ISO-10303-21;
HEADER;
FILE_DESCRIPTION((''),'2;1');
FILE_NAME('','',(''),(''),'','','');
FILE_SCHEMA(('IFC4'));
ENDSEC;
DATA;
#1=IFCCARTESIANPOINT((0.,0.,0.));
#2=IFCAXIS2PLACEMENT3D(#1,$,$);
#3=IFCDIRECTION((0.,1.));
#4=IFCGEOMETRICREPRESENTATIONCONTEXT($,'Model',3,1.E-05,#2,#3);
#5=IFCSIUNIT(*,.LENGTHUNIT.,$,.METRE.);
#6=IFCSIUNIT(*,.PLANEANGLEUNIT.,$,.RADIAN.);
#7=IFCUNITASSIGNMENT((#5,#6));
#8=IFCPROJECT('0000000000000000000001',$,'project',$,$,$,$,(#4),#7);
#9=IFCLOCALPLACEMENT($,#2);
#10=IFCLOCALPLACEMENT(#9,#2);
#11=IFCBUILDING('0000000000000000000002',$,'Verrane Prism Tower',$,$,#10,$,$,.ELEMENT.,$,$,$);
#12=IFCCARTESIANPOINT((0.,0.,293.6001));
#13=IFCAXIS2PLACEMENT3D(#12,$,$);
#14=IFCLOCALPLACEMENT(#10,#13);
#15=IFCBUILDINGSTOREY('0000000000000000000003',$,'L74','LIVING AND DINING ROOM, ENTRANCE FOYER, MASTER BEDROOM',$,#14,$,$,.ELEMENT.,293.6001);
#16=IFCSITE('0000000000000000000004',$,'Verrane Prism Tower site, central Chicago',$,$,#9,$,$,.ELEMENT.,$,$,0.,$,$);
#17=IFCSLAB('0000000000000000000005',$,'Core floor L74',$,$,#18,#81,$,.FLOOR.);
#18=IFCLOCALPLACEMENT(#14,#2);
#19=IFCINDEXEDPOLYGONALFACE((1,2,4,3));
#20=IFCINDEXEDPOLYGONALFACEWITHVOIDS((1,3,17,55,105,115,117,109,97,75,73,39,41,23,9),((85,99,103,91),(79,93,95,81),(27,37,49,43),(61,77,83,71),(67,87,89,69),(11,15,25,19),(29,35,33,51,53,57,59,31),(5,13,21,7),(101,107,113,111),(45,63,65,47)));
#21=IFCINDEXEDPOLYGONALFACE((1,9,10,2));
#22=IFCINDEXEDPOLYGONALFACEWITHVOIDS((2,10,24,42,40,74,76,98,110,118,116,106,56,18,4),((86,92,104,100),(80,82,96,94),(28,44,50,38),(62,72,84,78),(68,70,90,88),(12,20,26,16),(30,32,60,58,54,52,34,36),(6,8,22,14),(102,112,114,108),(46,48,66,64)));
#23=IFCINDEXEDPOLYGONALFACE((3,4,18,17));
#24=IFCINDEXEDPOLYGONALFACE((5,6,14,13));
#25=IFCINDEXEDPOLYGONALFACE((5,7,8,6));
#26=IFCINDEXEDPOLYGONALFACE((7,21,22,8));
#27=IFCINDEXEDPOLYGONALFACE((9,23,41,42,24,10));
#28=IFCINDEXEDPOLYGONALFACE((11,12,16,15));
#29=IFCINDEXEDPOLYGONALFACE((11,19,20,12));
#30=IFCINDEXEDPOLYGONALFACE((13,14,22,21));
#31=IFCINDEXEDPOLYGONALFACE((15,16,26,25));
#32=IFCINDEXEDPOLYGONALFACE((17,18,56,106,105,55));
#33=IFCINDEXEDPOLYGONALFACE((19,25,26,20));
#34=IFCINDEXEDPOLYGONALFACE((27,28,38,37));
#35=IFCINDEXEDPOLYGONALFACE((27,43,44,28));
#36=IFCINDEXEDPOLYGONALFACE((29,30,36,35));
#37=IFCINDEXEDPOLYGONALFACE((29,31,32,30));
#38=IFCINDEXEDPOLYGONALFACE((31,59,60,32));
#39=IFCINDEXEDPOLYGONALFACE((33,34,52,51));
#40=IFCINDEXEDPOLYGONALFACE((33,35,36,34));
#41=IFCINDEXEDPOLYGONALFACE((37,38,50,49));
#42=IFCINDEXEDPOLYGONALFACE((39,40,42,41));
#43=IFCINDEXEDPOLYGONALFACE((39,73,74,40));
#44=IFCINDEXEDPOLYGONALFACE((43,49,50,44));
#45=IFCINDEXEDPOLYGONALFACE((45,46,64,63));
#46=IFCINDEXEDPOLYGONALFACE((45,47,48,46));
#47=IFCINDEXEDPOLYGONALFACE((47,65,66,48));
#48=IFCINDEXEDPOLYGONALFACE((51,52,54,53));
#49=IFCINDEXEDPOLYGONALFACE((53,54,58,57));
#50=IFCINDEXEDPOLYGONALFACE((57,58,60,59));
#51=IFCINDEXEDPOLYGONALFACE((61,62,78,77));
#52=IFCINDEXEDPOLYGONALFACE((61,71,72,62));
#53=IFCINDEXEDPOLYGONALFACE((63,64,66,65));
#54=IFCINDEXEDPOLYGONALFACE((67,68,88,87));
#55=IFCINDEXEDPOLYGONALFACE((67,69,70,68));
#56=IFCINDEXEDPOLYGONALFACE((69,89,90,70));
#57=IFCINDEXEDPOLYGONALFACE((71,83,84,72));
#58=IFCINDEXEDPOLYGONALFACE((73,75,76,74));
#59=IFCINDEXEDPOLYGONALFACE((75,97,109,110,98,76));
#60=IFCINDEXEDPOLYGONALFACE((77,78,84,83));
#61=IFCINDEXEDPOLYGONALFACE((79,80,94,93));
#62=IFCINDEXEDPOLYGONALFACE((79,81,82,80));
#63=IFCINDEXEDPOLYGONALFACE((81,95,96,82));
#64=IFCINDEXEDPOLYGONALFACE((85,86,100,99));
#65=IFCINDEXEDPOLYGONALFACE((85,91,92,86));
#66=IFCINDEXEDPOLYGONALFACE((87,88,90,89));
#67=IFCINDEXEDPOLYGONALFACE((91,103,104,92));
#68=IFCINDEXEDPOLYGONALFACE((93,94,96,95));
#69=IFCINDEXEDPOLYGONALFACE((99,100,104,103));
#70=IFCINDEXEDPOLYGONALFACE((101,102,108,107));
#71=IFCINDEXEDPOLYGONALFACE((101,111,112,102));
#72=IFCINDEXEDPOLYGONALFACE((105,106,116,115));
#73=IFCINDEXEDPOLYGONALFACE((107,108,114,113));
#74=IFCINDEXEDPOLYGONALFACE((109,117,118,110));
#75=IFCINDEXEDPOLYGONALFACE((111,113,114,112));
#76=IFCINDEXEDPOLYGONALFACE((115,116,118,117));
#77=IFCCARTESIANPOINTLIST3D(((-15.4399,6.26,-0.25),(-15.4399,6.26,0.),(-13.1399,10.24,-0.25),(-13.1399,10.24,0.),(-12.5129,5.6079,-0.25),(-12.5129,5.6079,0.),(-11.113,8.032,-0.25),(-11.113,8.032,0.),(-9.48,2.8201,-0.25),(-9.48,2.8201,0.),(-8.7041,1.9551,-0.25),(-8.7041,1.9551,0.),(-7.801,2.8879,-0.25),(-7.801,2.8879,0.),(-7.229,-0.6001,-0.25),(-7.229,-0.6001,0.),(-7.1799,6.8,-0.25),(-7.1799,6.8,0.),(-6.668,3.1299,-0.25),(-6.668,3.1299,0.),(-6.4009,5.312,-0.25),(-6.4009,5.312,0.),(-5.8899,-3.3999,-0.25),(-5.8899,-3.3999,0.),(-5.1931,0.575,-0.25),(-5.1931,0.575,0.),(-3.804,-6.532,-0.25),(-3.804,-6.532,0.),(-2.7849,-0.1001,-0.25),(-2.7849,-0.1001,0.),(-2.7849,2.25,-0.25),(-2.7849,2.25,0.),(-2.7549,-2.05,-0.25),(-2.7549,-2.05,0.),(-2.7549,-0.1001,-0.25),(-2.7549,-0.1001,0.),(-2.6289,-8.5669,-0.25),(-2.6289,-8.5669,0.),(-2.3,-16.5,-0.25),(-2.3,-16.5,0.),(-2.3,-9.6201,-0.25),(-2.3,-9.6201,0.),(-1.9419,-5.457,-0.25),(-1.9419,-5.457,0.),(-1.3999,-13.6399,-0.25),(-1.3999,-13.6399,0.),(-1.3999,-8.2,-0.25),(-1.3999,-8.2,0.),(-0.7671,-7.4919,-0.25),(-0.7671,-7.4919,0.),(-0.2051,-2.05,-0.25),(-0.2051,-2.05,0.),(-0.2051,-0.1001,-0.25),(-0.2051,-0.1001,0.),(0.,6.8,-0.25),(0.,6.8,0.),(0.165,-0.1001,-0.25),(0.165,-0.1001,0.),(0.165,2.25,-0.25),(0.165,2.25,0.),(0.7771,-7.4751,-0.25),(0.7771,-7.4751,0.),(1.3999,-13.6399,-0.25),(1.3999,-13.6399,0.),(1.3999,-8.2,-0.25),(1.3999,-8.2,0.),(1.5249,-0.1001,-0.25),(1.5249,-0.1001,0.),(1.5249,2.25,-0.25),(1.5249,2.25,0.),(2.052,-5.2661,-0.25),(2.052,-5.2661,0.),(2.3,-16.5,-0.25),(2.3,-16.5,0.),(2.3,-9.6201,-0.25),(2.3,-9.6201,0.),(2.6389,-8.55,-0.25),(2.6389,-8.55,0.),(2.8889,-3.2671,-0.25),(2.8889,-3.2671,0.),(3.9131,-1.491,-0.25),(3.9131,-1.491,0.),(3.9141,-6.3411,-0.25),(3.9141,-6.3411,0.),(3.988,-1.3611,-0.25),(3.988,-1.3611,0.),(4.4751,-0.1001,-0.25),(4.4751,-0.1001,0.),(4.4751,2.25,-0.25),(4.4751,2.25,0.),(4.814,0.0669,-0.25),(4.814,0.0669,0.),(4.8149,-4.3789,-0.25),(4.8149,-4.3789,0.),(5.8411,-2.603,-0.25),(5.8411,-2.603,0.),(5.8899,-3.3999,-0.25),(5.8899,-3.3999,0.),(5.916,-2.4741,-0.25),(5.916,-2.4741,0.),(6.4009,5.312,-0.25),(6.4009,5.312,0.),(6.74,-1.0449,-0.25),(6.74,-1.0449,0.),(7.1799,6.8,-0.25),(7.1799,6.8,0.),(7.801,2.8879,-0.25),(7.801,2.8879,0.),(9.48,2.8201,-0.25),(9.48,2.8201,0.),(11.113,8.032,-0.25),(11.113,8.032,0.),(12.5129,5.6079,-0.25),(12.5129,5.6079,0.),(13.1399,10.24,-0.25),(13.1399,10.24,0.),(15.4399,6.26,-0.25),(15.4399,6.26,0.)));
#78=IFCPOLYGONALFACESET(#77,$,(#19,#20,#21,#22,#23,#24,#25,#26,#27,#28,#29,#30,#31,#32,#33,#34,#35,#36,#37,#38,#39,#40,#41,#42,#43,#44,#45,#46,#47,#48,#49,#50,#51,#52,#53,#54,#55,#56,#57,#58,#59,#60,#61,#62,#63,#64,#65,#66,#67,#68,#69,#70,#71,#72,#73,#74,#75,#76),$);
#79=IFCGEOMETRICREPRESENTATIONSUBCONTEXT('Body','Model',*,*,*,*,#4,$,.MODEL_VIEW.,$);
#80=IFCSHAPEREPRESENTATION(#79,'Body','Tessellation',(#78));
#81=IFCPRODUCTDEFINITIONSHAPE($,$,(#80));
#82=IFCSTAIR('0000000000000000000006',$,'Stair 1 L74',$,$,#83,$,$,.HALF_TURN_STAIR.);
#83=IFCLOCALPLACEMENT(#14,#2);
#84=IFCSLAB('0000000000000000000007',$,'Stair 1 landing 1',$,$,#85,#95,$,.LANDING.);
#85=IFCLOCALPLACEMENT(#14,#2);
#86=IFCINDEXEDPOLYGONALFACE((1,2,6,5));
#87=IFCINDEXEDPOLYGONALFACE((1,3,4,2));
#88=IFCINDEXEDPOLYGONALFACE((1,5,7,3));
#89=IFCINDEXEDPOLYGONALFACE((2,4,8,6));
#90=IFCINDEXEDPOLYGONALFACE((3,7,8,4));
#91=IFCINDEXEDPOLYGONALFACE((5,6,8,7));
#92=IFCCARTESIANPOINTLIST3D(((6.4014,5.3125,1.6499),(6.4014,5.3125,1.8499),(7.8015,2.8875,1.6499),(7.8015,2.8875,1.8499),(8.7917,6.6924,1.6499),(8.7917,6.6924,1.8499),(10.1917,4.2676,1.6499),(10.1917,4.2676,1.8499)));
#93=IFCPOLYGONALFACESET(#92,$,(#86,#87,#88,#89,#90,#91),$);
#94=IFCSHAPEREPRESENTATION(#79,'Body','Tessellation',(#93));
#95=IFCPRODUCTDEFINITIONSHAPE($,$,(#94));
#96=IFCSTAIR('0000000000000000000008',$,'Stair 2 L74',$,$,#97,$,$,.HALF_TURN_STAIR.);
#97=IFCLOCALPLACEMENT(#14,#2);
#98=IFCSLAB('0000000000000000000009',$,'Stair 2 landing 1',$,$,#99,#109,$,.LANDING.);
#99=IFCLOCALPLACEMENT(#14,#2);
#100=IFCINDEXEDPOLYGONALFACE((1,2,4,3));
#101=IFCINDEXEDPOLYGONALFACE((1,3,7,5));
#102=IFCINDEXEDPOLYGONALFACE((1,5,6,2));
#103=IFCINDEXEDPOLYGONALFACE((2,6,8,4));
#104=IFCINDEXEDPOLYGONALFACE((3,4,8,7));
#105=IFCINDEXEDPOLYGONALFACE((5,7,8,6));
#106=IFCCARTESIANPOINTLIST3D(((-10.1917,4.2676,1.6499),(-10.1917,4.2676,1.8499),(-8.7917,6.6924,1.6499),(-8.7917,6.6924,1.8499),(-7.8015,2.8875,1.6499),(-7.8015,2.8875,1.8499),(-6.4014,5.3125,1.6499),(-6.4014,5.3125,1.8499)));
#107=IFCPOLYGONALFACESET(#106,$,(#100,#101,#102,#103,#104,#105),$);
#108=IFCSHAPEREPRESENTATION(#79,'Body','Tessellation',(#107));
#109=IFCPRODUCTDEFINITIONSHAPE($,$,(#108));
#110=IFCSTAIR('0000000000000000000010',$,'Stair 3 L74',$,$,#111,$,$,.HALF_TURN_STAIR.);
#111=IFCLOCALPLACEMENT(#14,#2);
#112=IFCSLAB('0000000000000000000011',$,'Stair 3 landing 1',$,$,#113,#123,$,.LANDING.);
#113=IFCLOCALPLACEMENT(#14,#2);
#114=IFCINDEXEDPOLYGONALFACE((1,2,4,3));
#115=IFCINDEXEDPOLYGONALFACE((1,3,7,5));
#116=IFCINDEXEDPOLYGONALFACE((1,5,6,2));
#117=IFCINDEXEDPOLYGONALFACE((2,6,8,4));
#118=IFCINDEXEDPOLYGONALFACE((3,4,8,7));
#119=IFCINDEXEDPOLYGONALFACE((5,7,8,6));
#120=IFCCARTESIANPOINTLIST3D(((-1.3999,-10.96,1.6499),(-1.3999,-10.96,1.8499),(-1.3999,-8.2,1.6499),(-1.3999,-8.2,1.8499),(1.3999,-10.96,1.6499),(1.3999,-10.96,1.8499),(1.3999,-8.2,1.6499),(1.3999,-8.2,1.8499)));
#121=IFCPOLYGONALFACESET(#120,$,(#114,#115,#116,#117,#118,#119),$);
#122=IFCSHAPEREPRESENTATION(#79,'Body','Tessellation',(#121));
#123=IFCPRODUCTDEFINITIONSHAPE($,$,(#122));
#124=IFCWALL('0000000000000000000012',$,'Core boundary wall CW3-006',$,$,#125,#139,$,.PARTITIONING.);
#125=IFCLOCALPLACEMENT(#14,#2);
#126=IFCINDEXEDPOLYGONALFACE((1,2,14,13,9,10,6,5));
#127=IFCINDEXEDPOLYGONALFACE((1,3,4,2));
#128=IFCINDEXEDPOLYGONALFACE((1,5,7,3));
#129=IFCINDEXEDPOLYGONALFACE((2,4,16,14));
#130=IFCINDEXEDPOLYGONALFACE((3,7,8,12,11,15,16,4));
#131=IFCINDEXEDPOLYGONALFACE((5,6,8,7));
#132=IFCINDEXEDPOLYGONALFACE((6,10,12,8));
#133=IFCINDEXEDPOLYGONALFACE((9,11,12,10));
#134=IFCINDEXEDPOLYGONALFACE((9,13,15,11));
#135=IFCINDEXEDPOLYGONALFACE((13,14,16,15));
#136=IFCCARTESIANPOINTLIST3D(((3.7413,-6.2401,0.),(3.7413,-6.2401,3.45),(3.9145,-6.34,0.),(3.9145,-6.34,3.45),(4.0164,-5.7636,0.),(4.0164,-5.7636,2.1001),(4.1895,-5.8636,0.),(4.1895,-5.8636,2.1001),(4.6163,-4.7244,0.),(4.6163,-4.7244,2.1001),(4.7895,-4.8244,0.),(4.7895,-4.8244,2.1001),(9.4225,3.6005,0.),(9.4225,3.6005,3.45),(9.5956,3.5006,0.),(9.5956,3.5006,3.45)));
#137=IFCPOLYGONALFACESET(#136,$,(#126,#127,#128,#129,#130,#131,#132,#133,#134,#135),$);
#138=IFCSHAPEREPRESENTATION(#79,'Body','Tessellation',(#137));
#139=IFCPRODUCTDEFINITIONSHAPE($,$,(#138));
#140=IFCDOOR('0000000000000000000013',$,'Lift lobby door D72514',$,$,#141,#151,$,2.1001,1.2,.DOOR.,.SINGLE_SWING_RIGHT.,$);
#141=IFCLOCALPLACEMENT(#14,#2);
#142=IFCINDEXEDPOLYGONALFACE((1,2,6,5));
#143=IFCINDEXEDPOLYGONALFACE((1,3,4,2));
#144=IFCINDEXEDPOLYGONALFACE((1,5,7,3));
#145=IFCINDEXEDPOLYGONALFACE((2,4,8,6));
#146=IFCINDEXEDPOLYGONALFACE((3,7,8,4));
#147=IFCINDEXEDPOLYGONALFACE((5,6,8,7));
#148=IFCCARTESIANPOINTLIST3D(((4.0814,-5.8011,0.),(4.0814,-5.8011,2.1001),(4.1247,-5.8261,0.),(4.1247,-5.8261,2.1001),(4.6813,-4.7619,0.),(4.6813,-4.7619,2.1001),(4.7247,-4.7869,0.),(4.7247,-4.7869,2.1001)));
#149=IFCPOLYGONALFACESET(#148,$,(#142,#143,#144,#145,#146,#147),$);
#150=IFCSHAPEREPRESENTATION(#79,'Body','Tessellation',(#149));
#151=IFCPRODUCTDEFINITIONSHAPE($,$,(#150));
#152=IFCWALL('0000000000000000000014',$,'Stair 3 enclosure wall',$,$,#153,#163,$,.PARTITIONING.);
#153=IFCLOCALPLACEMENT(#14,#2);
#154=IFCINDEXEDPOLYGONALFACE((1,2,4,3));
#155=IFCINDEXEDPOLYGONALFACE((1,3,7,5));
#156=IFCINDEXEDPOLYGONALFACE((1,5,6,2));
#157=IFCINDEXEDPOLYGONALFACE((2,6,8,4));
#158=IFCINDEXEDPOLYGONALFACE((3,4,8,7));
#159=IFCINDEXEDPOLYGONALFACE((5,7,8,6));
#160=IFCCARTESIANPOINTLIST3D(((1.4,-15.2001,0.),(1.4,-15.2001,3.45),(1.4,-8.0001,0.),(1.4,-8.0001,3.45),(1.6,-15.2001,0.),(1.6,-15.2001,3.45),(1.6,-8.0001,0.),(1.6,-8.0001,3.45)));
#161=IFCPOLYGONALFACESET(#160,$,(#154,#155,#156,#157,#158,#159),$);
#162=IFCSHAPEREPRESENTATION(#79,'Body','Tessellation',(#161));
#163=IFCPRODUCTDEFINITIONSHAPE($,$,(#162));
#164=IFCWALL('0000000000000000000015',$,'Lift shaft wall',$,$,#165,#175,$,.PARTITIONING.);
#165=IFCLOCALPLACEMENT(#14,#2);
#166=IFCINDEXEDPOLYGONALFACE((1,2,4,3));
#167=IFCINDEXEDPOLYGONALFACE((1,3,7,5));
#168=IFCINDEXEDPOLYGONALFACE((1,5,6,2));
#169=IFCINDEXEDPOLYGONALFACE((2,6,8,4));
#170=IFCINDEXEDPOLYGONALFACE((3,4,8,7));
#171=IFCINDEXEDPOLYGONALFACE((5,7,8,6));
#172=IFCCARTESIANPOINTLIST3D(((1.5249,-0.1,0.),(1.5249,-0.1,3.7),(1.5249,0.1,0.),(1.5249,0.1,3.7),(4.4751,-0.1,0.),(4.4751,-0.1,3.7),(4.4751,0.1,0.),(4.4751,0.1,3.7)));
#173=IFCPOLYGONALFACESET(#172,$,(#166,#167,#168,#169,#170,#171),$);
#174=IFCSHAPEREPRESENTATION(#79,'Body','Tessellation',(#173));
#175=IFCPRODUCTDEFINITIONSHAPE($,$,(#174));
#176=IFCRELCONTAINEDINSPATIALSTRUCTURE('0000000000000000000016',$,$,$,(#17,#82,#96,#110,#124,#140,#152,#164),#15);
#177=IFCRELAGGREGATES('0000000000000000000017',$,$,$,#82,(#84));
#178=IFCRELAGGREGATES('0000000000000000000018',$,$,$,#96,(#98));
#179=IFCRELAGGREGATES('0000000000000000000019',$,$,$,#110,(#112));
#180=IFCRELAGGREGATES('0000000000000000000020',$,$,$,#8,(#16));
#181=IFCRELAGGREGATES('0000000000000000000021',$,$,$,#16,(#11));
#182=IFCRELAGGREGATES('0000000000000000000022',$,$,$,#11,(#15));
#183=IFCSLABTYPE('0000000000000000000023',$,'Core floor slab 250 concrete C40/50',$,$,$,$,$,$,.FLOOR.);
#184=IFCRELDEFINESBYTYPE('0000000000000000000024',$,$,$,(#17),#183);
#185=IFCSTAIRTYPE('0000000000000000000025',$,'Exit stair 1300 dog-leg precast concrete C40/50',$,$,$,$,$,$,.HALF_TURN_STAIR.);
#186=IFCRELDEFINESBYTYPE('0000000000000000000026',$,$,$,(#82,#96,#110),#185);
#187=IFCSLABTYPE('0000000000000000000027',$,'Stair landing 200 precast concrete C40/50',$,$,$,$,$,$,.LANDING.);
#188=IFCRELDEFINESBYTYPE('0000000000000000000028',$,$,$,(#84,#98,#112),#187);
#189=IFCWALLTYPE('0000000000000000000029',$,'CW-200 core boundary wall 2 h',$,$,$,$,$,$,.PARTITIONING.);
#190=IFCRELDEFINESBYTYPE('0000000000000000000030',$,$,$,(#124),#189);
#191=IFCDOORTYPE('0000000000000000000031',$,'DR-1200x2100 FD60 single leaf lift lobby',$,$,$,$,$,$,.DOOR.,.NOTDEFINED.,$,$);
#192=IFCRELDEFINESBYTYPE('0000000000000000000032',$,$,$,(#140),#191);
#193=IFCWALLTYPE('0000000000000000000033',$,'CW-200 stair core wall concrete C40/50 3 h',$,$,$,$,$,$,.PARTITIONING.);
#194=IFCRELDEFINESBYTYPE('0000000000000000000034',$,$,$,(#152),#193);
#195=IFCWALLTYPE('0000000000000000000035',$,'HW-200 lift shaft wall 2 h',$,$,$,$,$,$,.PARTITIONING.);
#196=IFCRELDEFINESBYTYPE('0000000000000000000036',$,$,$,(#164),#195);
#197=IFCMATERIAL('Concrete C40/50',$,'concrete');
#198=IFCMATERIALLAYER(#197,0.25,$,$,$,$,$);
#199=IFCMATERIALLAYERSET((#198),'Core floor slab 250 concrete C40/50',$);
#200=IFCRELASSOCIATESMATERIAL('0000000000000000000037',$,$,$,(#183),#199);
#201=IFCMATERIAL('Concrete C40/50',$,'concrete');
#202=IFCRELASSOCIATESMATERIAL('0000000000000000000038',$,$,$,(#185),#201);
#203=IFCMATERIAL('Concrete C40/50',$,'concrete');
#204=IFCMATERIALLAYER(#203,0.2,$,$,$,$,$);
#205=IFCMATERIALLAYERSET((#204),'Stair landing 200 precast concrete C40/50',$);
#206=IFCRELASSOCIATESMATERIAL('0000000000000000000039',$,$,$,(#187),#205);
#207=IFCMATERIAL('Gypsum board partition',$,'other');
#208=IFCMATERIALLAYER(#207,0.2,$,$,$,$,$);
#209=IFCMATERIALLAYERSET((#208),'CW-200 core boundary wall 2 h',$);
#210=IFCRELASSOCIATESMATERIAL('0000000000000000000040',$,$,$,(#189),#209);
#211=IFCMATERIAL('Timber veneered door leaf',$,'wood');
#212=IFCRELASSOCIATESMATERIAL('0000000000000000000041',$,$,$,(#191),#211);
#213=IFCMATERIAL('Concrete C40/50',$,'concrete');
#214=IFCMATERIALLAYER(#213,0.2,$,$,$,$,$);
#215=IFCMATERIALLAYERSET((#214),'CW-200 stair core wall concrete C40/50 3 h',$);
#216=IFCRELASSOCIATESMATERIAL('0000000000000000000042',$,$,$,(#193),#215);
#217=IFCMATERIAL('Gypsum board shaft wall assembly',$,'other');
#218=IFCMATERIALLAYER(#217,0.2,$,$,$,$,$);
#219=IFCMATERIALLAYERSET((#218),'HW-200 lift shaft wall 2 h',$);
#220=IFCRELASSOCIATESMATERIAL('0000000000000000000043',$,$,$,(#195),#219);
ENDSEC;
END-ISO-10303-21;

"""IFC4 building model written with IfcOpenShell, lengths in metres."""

from ifc_helpers import new_model, si_unit, direction, frame, frame_2d, origin, place, context, subcontext, project, spatial, polyline, rectangle, outline, extrude, material, layer, layer_set, type_object, element, fill, aggregate, save


model = new_model("IFC4")

# Units and contexts
model_context = context("Model", 3, precision=1e-05, world=origin(), true_north=direction((0.0, 1.0)))
body_context = subcontext(model_context, "Body", "Model", "MODEL_VIEW")
ifc_project = project(units=[si_unit("LENGTHUNIT", "METRE"), si_unit("PLANEANGLEUNIT", "RADIAN")], contexts=[model_context])

# Site, building, storey
site_placement = place(None, origin())
site = spatial("IfcSite", under=ifc_project, at=site_placement, Name="Verrane Prism Tower site, central Chicago", CompositionType="ELEMENT", RefElevation=0.0)
building_placement = place(site_placement, origin())
building = spatial("IfcBuilding", under=site, at=building_placement, Name="Verrane Prism Tower", CompositionType="ELEMENT")
storey_placement = place(building_placement, frame((0.0, 0.0, 293.6001)))
storey = spatial("IfcBuildingStorey", under=building, at=storey_placement, Name="L74", Description="LIVING AND DINING ROOM, ENTRANCE FOYER, MASTER BEDROOM", CompositionType="ELEMENT", Elevation=293.6001)

# Slab
ifc_material_1 = material(Name="Concrete C40/50", Category="concrete")
ifc_layer_1 = layer(ifc_material_1, 0.25)
ifc_layer_set_1 = layer_set([ifc_layer_1], Name="Core floor slab 250 concrete C40/50")
slab_type_1 = type_object("IfcSlabType", Name="Core floor slab 250 concrete C40/50", PredefinedType="FLOOR", material=ifc_layer_set_1)
slab_1_placement = place(storey_placement, frame((0.0, 0.0, -0.25)))
element("IfcSlab", 1, at=slab_1_placement, inside=storey, type_object=slab_type_1, Name="Core floor L74", PredefinedType="FLOOR", context=body_context, shape_type="SweptSolid", body=[
    extrude(outline(polyline([(9.48, 2.8201), (15.4399, 6.26), (13.1399, 10.24), (7.1799, 6.8), (0.0, 6.8), (-7.1799, 6.8), (-13.1399, 10.24), (-15.4399, 6.26), (-9.48, 2.8201), (-5.8899, -3.3999), (-2.3, -9.6201), (-2.3, -16.5), (2.3, -16.5), (2.3, -9.6201), (5.8899, -3.3999), (9.48, 2.8201)]), holes=[polyline([(-1.3999, -8.2), (1.3999, -8.2), (1.3999, -13.6399), (-1.3999, -13.6399), (-1.3999, -8.2)]), polyline([(-0.7671, -7.4919), (-2.6289, -8.5669), (-3.804, -6.532), (-1.9419, -5.457), (-0.7671, -7.4919)]), polyline([(3.9141, -6.3411), (2.6389, -8.55), (0.7771, -7.4751), (2.052, -5.2661), (3.9141, -6.3411)]), polyline([(4.8149, -4.3789), (2.8889, -3.2671), (3.9131, -1.491), (5.8411, -2.603), (4.8149, -4.3789)]), polyline([(6.74, -1.0449), (5.916, -2.4741), (3.988, -1.3611), (4.814, 0.0669), (6.74, -1.0449)]), polyline([(-2.7849, -0.1001), (-2.7849, 2.25), (0.165, 2.25), (0.165, -0.1001), (-0.2051, -0.1001), (-0.2051, -2.05), (-2.7549, -2.05), (-2.7549, -0.1001), (-2.7849, -0.1001)]), polyline([(4.4751, 2.25), (4.4751, -0.1001), (1.5249, -0.1001), (1.5249, 2.25), (4.4751, 2.25)]), polyline([(-8.7041, 1.9551), (-6.668, 3.1299), (-5.1931, 0.575), (-7.229, -0.6001), (-8.7041, 1.9551)]), polyline([(-7.801, 2.8879), (-12.5129, 5.6079), (-11.113, 8.032), (-6.4009, 5.312), (-7.801, 2.8879)]), polyline([(6.4009, 5.312), (11.113, 8.032), (12.5129, 5.6079), (7.801, 2.8879), (6.4009, 5.312)])]), origin(), (0.0, 0.0, 1.0), 0.25),
])

# Stairs, slabs
ifc_material_2 = material(Name="Concrete C40/50", Category="concrete")
stair_type = type_object("IfcStairType", Name="Exit stair 1300 dog-leg precast concrete C40/50", PredefinedType="HALF_TURN_STAIR", material=ifc_material_2)
stair_1_placement = place(storey_placement, origin())
stair_1 = element("IfcStair", 2, at=stair_1_placement, inside=storey, type_object=stair_type, Name="Stair 1 L74", PredefinedType="HALF_TURN_STAIR")
ifc_material_3 = material(Name="Concrete C40/50", Category="concrete")
ifc_layer_2 = layer(ifc_material_3, 0.2)
ifc_layer_set_2 = layer_set([ifc_layer_2], Name="Stair landing 200 precast concrete C40/50")
slab_type_2 = type_object("IfcSlabType", Name="Stair landing 200 precast concrete C40/50", PredefinedType="LANDING", material=ifc_layer_set_2)
slab_2_placement = place(storey_placement, frame((0.0, 0.0, 1.6499)))
slab_2 = element("IfcSlab", 3, at=slab_2_placement, type_object=slab_type_2, Name="Stair 1 landing 1", PredefinedType="LANDING", context=body_context, shape_type="SweptSolid", body=[
    extrude(outline(polyline([(8.7917, 6.6924), (6.4014, 5.3125), (7.8015, 2.8875), (10.1917, 4.2676), (8.7917, 6.6924)])), origin(), (0.0, 0.0, 1.0), 0.2),
])
aggregate(stair_1, [slab_2])
stair_2_placement = place(storey_placement, origin())
stair_2 = element("IfcStair", 4, at=stair_2_placement, inside=storey, type_object=stair_type, Name="Stair 2 L74", PredefinedType="HALF_TURN_STAIR")
slab_3_placement = place(storey_placement, frame((0.0, 0.0, 1.6499)))
slab_3 = element("IfcSlab", 5, at=slab_3_placement, type_object=slab_type_2, Name="Stair 2 landing 1", PredefinedType="LANDING", context=body_context, shape_type="SweptSolid", body=[
    extrude(outline(polyline([(-10.1917, 4.2676), (-7.8015, 2.8875), (-6.4014, 5.3125), (-8.7917, 6.6924), (-10.1917, 4.2676)])), origin(), (0.0, 0.0, 1.0), 0.2),
])
aggregate(stair_2, [slab_3])
stair_3_placement = place(storey_placement, origin())
stair_3 = element("IfcStair", 6, at=stair_3_placement, inside=storey, type_object=stair_type, Name="Stair 3 L74", PredefinedType="HALF_TURN_STAIR")
slab_4_placement = place(storey_placement, frame((0.0, 0.0, 1.6499)))
slab_4 = element("IfcSlab", 7, at=slab_4_placement, type_object=slab_type_2, Name="Stair 3 landing 1", PredefinedType="LANDING", context=body_context, shape_type="SweptSolid", body=[
    extrude(outline(polyline([(1.3999, -10.96), (1.3999, -8.2), (-1.3999, -8.2), (-1.3999, -10.96), (1.3999, -10.96)])), origin(), (0.0, 0.0, 1.0), 0.2),
])
aggregate(stair_3, [slab_4])

# Wall, opening, door
ifc_material_4 = material(Name="Gypsum board partition", Category="other")
ifc_layer_3 = layer(ifc_material_4, 0.2)
ifc_layer_set_3 = layer_set([ifc_layer_3], Name="CW-200 core boundary wall 2 h")
wall_type_1 = type_object("IfcWallType", Name="CW-200 core boundary wall 2 h", PredefinedType="PARTITIONING", material=ifc_layer_set_3)
wall_1_placement = place(storey_placement, frame((3.8279, -6.29, 0.0), z_axis=(0.0, 0.0, 1.0), x_axis=(0.49998, 0.866037, 0.0)))
wall_1 = element("IfcWall", 8, at=wall_1_placement, inside=storey, type_object=wall_type_1, Name="Core boundary wall CW3-006", PredefinedType="PARTITIONING", context=body_context, shape_type="SweptSolid", body=[
    extrude(rectangle(XDim=11.3628, YDim=0.2, at=frame_2d((5.6814, 0.0))), origin(), (0.0, 0.0, 1.0), 3.45),
])
opening_1_placement = place(wall_1_placement, frame((0.55, 0.0, 0.0)))
opening_1 = element("IfcOpeningElement", 9, at=opening_1_placement, cuts=wall_1, PredefinedType="OPENING", context=body_context, shape_type="SweptSolid", body=[
    extrude(rectangle(XDim=1.2, YDim=2.1001, at=frame_2d((0.6001, 1.05))), frame((0.0, 0.1099, 0.0), z_axis=(0.0, -1.0, 0.0), x_axis=(1.0, 0.0, 0.0)), (0.0, 0.0, 1.0), 0.22),
])
ifc_material_5 = material(Name="Timber veneered door leaf", Category="wood")
door_type_1 = type_object("IfcDoorType", Name="DR-1200x2100 FD60 single leaf lift lobby", OperationType="NOTDEFINED", PredefinedType="DOOR", material=ifc_material_5)
door_1_placement = place(opening_1_placement, origin())
door_1 = element("IfcDoor", 10, at=door_1_placement, inside=storey, type_object=door_type_1, Name="Lift lobby door D72514", OperationType="SINGLE_SWING_RIGHT", OverallHeight=2.1001, OverallWidth=1.2, PredefinedType="DOOR", context=body_context, shape_type="SweptSolid", body=[
    extrude(rectangle(XDim=1.2, YDim=2.1001, at=frame_2d((0.6001, 1.05))), frame((0.0, 0.0249, 0.0), z_axis=(0.0, -1.0, 0.0), x_axis=(1.0, 0.0, 0.0)), (0.0, 0.0, 1.0), 0.05),
])
fill(opening_1, door_1)

# Walls
ifc_material_6 = material(Name="Concrete C40/50", Category="concrete")
ifc_layer_4 = layer(ifc_material_6, 0.2)
ifc_layer_set_4 = layer_set([ifc_layer_4], Name="CW-200 stair core wall concrete C40/50 3 h")
wall_type_2 = type_object("IfcWallType", Name="CW-200 stair core wall concrete C40/50 3 h", PredefinedType="PARTITIONING", material=ifc_layer_set_4)
wall_2_placement = place(storey_placement, frame((1.5, -8.0, 0.0), z_axis=(0.0, 0.0, 1.0), x_axis=(0.0, -1.0, 0.0)))
element("IfcWall", 11, at=wall_2_placement, inside=storey, type_object=wall_type_2, Name="Stair 3 enclosure wall", PredefinedType="PARTITIONING", context=body_context, shape_type="SweptSolid", body=[
    extrude(rectangle(XDim=7.2, YDim=0.2, at=frame_2d((3.6001, 0.0))), origin(), (0.0, 0.0, 1.0), 3.45),
])
ifc_material_7 = material(Name="Gypsum board shaft wall assembly", Category="other")
ifc_layer_5 = layer(ifc_material_7, 0.2)
ifc_layer_set_5 = layer_set([ifc_layer_5], Name="HW-200 lift shaft wall 2 h")
wall_type_3 = type_object("IfcWallType", Name="HW-200 lift shaft wall 2 h", PredefinedType="PARTITIONING", material=ifc_layer_set_5)
wall_3_placement = place(storey_placement, frame((1.5249, 0.0, 0.0), z_axis=(0.0, 0.0, 1.0), x_axis=(1.0, 0.0, 0.0)))
element("IfcWall", 12, at=wall_3_placement, inside=storey, type_object=wall_type_3, Name="Lift shaft wall", PredefinedType="PARTITIONING", context=body_context, shape_type="SweptSolid", body=[
    extrude(rectangle(XDim=2.9502, YDim=0.2, at=frame_2d((1.4751, 0.0))), origin(), (0.0, 0.0, 1.0), 3.7),
])

save(model, "model.ifc")
